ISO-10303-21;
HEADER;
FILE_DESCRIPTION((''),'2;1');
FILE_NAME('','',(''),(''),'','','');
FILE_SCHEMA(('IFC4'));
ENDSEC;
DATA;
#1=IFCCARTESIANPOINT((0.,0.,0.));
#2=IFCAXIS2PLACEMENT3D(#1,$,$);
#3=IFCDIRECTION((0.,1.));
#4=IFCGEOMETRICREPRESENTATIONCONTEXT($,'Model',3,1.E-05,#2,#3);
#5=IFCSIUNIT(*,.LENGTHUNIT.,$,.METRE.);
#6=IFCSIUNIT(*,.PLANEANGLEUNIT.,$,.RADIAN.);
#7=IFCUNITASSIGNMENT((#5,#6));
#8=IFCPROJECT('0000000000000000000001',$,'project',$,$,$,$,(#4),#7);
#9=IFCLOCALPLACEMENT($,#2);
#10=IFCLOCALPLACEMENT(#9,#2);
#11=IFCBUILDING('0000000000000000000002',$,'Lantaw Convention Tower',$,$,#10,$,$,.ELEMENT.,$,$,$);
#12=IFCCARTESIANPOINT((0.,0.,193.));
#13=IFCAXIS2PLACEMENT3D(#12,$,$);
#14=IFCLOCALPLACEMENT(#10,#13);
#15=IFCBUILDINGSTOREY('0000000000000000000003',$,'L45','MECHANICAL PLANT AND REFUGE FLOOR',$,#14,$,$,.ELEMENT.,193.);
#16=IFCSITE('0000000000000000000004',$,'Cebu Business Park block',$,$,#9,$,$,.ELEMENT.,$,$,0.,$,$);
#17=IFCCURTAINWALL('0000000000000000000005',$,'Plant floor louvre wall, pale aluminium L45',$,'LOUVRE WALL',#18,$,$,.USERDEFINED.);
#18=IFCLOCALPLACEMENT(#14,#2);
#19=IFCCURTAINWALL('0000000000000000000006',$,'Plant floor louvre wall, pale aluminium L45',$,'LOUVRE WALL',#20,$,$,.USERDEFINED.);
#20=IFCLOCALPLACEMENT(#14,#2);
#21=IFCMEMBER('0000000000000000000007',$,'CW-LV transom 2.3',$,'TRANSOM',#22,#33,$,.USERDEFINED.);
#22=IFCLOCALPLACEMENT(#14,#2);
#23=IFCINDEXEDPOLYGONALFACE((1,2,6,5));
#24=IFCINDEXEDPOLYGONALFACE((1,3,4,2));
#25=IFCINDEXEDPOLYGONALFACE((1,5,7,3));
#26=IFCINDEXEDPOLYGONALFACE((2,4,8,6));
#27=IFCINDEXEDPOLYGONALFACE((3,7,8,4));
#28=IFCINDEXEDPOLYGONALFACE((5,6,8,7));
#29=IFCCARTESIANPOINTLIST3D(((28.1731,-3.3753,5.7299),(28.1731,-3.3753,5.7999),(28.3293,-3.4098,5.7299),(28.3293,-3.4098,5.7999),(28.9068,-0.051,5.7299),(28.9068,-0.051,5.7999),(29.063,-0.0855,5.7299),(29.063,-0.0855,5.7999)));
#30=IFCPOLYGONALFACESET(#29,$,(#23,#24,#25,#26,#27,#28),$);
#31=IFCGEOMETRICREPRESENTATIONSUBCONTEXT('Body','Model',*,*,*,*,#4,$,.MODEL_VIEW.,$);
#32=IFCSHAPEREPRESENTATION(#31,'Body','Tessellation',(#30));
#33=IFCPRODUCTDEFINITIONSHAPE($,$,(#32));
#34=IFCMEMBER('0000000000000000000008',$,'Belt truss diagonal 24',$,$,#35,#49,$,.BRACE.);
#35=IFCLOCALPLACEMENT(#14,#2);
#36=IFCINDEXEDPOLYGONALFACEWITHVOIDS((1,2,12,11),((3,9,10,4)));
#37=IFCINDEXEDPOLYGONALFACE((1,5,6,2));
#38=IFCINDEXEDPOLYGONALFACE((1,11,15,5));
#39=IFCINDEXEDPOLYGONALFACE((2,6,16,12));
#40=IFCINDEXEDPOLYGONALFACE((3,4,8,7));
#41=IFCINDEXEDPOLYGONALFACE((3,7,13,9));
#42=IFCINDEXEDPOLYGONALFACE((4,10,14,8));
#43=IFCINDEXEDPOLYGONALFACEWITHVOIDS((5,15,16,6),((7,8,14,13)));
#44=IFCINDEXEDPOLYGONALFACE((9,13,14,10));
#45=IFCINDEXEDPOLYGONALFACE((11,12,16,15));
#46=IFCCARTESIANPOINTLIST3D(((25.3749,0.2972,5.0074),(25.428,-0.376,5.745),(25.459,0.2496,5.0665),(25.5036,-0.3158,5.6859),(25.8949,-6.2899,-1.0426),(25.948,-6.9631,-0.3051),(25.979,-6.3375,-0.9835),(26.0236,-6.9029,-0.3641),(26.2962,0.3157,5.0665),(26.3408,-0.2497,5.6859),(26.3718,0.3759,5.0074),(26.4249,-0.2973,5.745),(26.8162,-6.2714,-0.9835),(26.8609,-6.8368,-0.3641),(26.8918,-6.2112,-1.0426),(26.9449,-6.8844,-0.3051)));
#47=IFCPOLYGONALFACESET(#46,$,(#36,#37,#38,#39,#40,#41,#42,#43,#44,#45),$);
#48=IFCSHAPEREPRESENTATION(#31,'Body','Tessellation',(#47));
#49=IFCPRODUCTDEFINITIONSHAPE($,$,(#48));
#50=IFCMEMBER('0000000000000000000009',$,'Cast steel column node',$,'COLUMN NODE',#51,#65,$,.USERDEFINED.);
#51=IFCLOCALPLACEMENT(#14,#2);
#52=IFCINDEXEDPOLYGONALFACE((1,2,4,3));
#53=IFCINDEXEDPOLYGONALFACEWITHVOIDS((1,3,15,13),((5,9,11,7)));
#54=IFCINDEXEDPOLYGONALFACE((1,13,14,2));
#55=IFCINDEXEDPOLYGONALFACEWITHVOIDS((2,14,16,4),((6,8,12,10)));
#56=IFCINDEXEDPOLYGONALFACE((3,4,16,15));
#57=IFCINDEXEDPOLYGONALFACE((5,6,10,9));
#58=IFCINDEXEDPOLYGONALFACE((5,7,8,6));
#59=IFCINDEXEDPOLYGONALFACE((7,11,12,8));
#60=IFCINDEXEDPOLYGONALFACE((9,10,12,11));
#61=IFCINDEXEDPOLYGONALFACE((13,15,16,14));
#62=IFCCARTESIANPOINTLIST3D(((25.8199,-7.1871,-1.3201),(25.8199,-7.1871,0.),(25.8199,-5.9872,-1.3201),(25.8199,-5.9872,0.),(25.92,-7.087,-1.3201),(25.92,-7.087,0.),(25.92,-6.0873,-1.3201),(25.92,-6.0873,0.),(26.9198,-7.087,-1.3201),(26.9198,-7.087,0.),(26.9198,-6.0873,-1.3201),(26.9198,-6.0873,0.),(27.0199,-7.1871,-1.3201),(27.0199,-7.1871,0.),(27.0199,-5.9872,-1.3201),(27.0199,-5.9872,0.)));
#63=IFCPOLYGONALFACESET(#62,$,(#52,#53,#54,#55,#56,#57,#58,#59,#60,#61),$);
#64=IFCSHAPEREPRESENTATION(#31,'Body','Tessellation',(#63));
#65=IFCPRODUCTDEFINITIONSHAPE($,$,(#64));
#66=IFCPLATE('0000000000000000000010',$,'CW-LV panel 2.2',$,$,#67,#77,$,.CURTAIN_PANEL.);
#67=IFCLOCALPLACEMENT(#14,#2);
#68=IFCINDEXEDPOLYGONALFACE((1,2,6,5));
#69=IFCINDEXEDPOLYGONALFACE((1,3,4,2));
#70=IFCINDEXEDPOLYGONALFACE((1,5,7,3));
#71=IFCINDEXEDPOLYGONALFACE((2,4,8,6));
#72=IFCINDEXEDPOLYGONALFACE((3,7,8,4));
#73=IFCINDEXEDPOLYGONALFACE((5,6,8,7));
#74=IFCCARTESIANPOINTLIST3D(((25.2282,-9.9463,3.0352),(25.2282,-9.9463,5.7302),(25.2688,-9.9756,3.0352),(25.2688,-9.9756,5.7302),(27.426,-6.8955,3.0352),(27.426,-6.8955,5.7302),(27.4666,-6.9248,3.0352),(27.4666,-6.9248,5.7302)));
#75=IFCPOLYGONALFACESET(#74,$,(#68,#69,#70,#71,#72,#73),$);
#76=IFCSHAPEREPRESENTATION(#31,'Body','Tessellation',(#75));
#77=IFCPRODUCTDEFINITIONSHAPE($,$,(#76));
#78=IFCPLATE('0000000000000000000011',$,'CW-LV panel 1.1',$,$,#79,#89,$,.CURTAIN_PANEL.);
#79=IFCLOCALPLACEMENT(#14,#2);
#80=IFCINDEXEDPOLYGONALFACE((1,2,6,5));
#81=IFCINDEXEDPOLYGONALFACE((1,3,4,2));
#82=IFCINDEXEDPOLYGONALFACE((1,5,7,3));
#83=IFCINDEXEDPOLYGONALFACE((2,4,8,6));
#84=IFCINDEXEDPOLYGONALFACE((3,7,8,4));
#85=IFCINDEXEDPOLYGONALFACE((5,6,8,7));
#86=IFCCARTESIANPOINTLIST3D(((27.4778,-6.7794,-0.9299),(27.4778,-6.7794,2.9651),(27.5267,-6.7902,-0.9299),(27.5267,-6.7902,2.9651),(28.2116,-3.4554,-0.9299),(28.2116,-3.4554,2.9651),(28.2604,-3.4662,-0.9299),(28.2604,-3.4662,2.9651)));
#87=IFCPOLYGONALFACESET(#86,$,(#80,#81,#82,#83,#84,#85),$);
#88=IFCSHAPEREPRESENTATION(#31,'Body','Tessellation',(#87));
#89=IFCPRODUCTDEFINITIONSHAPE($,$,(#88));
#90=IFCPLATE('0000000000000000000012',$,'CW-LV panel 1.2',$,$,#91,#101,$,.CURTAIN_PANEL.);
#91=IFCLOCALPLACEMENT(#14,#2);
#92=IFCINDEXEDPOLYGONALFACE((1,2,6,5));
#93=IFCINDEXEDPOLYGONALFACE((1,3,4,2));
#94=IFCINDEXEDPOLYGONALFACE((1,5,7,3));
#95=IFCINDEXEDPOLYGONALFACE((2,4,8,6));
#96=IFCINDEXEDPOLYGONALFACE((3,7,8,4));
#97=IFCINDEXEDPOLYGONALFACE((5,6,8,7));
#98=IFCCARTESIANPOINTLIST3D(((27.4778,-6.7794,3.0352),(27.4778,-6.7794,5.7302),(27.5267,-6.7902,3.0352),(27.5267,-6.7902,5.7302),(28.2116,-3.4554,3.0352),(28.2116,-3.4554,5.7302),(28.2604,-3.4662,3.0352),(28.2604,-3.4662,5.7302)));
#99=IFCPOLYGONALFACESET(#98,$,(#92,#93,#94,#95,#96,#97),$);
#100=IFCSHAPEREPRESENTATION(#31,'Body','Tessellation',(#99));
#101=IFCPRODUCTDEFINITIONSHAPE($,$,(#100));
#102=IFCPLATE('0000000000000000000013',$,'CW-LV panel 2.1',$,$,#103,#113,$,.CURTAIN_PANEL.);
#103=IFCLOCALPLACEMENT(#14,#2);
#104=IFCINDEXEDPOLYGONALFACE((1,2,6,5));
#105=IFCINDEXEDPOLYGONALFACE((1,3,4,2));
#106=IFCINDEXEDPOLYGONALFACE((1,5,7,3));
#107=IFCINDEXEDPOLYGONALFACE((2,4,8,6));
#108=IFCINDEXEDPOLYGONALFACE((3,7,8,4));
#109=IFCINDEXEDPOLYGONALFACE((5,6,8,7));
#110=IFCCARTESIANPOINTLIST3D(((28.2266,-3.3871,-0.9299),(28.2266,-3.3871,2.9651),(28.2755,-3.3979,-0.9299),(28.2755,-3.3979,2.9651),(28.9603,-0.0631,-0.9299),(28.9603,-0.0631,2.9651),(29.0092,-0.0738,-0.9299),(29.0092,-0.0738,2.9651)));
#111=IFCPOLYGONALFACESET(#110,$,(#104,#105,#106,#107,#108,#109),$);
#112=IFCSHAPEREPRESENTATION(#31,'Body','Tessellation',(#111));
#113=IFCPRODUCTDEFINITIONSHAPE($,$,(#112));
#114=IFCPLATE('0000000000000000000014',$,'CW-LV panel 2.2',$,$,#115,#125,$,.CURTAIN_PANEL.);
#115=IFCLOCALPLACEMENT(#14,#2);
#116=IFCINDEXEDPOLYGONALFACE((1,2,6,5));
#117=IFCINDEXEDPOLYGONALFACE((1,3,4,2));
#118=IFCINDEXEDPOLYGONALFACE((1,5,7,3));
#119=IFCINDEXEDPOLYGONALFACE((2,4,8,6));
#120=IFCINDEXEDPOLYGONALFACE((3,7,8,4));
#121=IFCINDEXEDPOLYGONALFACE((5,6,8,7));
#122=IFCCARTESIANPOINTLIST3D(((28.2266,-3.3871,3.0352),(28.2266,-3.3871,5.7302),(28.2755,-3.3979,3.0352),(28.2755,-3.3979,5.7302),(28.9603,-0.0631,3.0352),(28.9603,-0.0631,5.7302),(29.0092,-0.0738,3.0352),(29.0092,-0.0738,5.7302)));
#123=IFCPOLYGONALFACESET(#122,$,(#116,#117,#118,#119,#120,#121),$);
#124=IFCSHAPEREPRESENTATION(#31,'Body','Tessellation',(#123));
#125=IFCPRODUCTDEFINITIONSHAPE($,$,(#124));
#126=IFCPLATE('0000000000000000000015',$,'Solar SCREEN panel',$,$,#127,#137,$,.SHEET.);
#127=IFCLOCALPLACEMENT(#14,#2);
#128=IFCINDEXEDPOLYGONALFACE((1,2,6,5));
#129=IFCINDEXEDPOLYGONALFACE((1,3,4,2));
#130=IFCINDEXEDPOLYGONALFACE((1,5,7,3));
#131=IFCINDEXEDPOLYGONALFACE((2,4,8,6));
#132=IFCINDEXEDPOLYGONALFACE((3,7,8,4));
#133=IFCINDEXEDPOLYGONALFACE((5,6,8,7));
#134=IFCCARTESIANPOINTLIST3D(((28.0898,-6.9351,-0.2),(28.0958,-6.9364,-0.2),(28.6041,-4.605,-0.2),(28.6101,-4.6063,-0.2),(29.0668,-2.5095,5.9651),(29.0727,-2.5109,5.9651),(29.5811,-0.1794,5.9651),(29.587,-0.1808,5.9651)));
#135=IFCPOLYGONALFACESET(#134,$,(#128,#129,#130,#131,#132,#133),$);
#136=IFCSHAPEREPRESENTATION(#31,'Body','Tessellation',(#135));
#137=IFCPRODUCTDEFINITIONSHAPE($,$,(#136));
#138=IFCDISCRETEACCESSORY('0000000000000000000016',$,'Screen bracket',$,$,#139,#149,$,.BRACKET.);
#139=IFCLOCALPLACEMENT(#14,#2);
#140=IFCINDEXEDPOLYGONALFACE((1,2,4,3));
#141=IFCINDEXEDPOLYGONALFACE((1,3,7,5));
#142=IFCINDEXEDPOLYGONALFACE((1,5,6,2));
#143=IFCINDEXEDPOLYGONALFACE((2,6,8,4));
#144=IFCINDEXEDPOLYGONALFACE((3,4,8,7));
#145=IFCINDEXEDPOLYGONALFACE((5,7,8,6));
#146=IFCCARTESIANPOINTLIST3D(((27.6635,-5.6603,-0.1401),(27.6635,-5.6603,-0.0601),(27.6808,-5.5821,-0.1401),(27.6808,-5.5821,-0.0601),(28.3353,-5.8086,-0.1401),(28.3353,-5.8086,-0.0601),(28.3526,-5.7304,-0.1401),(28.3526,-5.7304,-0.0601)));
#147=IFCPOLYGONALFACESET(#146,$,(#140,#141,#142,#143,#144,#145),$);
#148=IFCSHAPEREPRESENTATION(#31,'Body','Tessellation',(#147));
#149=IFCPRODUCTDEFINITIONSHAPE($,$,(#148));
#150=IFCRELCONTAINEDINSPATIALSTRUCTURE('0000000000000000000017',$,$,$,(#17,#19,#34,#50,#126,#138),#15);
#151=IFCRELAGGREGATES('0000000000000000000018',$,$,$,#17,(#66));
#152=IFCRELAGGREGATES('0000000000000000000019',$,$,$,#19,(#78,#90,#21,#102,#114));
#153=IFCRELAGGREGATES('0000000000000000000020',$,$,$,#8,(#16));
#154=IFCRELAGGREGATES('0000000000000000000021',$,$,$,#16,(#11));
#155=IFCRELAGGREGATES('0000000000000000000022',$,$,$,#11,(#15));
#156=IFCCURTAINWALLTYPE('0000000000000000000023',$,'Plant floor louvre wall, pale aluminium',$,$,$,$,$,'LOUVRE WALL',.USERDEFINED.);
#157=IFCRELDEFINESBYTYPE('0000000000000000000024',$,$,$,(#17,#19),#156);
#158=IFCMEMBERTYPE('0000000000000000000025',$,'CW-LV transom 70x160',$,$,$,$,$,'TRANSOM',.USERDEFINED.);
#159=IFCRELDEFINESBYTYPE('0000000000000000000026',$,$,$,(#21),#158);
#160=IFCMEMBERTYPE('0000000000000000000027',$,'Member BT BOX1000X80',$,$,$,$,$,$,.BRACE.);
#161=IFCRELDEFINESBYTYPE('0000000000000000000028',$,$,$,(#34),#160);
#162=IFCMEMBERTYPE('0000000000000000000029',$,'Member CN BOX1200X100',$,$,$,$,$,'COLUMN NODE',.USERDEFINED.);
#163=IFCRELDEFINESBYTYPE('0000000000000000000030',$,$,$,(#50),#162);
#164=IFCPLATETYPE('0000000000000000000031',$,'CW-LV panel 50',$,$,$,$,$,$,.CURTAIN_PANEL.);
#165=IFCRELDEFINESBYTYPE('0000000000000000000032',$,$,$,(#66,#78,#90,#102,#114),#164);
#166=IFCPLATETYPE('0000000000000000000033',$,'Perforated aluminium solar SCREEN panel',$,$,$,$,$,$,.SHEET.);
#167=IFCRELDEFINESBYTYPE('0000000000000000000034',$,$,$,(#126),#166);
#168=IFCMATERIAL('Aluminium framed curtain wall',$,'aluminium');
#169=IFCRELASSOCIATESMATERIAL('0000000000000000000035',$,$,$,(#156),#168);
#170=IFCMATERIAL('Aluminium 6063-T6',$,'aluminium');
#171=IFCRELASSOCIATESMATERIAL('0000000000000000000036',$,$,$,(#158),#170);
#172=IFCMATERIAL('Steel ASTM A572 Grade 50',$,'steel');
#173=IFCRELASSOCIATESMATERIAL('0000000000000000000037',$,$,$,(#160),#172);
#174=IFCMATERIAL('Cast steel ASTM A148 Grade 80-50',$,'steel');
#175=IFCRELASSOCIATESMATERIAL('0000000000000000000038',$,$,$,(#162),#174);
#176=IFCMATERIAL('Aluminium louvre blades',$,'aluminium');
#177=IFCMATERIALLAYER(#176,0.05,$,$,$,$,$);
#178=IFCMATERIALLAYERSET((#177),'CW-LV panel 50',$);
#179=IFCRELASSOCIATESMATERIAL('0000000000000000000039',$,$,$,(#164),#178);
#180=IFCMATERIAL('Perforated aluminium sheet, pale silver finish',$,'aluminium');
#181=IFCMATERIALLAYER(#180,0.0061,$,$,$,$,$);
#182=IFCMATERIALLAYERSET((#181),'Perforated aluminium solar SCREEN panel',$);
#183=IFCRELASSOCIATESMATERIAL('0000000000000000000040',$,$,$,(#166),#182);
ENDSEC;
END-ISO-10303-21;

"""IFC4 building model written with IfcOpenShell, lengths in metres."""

from ifc_helpers import new_model, si_unit, direction, frame, origin, origin_2d, place, context, subcontext, project, spatial, polyline, rectangle, hollow_rectangle, outline, extrude, material, layer, layer_set, material_profile, profile_set, type_object, element, aggregate, save


model = new_model("IFC4")

# Units and contexts
model_context = context("Model", 3, precision=1e-05, world=origin(), true_north=direction((0.0, 1.0)))
body_context = subcontext(model_context, "Body", "Model", "MODEL_VIEW")
ifc_project = project(units=[si_unit("LENGTHUNIT", "METRE"), si_unit("PLANEANGLEUNIT", "RADIAN")], contexts=[model_context])

# Site, building, storey
site_placement = place(None, origin())
site = spatial("IfcSite", under=ifc_project, at=site_placement, Name="Cebu Business Park block", CompositionType="ELEMENT", RefElevation=0.0)
building_placement = place(site_placement, origin())
building = spatial("IfcBuilding", under=site, at=building_placement, Name="Lantaw Convention Tower", CompositionType="ELEMENT")
storey_placement = place(building_placement, frame((0.0, 0.0, 193.0)))
storey = spatial("IfcBuildingStorey", under=building, at=storey_placement, Name="L45", Description="MECHANICAL PLANT AND REFUGE FLOOR", CompositionType="ELEMENT", Elevation=193.0)

# Curtain wall
ifc_material_1 = material(Name="Aluminium framed curtain wall", Category="aluminium")
curtain_wall_type = type_object("IfcCurtainWallType", Name="Plant floor louvre wall, pale aluminium", ElementType="LOUVRE WALL", PredefinedType="USERDEFINED", material=ifc_material_1)
curtain_wall_1_placement = place(storey_placement, origin())
curtain_wall_1 = element("IfcCurtainWall", 1, at=curtain_wall_1_placement, inside=storey, type_object=curtain_wall_type, Name="Plant floor louvre wall, pale aluminium L45", ObjectType="LOUVRE WALL", PredefinedType="USERDEFINED")
ifc_material_2 = material(Name="Aluminium 6063-T6", Category="aluminium")

# Curtain wall, member
curtain_wall_2_placement = place(storey_placement, origin())
curtain_wall_2 = element("IfcCurtainWall", 2, at=curtain_wall_2_placement, inside=storey, type_object=curtain_wall_type, Name="Plant floor louvre wall, pale aluminium L45", ObjectType="LOUVRE WALL", PredefinedType="USERDEFINED")
ifc_material_profile_1 = material_profile(ifc_material_2, rectangle(XDim=0.1599, YDim=0.0701, at=origin_2d()), Name="CW-LV transom 70x160")
ifc_profile_set_1 = profile_set([ifc_material_profile_1], Name="Aluminium 6063-T6")
member_type_1 = type_object("IfcMemberType", Name="CW-LV transom 70x160", ElementType="TRANSOM", PredefinedType="USERDEFINED", material=ifc_profile_set_1)
member_1_placement = place(storey_placement, frame((28.2512, -3.3926, 5.7649), z_axis=(0.21551, 0.976502, 0.0), x_axis=(-0.976502, 0.21551, 0.0)))
member_1 = element("IfcMember", 3, at=member_1_placement, type_object=member_type_1, Name="CW-LV transom 2.3", ObjectType="TRANSOM", PredefinedType="USERDEFINED", context=body_context, shape_type="SweptSolid", body=[
    extrude(rectangle(XDim=0.1599, YDim=0.0701, at=origin_2d()), origin(), (0.0, 0.0, 1.0), 3.4043),
])

# Members
ifc_material_3 = material(Name="Steel ASTM A572 Grade 50", Category="steel")
ifc_material_profile_2 = material_profile(ifc_material_3, hollow_rectangle(XDim=1.0, YDim=1.0, WallThickness=0.0801, at=origin_2d()), Name="BOX1000X80")
ifc_profile_set_2 = profile_set([ifc_material_profile_2], Name="Steel ASTM A572 Grade 50")
member_type_2 = type_object("IfcMemberType", Name="Member BT BOX1000X80", PredefinedType="BRACE", material=ifc_profile_set_2)
member_2_placement = place(storey_placement, frame((26.4199, -6.5872, -0.6738), z_axis=(-0.058044, 0.735254, 0.675302), x_axis=(-0.996898, -0.0787, 0.0)))
element("IfcMember", 4, at=member_2_placement, inside=storey, type_object=member_type_2, Name="Belt truss diagonal 24", PredefinedType="BRACE", context=body_context, shape_type="SweptSolid", body=[
    extrude(hollow_rectangle(XDim=1.0, YDim=1.0, WallThickness=0.0801, at=origin_2d()), origin(), (0.0, 0.0, 1.0), 8.959),
])
ifc_material_4 = material(Name="Cast steel ASTM A148 Grade 80-50", Category="steel")
ifc_material_profile_3 = material_profile(ifc_material_4, hollow_rectangle(XDim=1.2, YDim=1.2, WallThickness=0.1001, at=origin_2d()), Name="BOX1200X100")
ifc_profile_set_3 = profile_set([ifc_material_profile_3], Name="Cast steel ASTM A148 Grade 80-50")
member_type_3 = type_object("IfcMemberType", Name="Member CN BOX1200X100", ElementType="COLUMN NODE", PredefinedType="USERDEFINED", material=ifc_profile_set_3)
member_3_placement = place(storey_placement, frame((26.4199, -6.5872, -1.3201), z_axis=(0.0, 0.0, 1.0), x_axis=(1.0, 0.0, 0.0)))
element("IfcMember", 5, at=member_3_placement, inside=storey, type_object=member_type_3, Name="Cast steel column node", ObjectType="COLUMN NODE", PredefinedType="USERDEFINED", context=body_context, shape_type="SweptSolid", body=[
    extrude(hollow_rectangle(XDim=1.2, YDim=1.2, WallThickness=0.1001, at=origin_2d()), origin(), (0.0, 0.0, 1.0), 1.3201),
])

# Plates
ifc_material_5 = material(Name="Aluminium louvre blades", Category="aluminium")
ifc_layer_1 = layer(ifc_material_5, 0.05)
ifc_layer_set_1 = layer_set([ifc_layer_1], Name="CW-LV panel 50")
plate_type_1 = type_object("IfcPlateType", Name="CW-LV panel 50", PredefinedType="CURTAIN_PANEL", material=ifc_layer_set_1)
plate_1_placement = place(storey_placement, frame((26.3474, -8.4355, 3.0352), z_axis=(0.0, 0.0, 1.0), x_axis=(0.584513, 0.811385, 0.0)))
plate_1 = element("IfcPlate", 6, at=plate_1_placement, type_object=plate_type_1, Name="CW-LV panel 2.2", PredefinedType="CURTAIN_PANEL", context=body_context, shape_type="SweptSolid", body=[
    extrude(rectangle(XDim=3.76, YDim=0.05, at=origin_2d()), origin(), (0.0, 0.0, 1.0), 2.6951),
])
aggregate(curtain_wall_1, [plate_1])
plate_2_placement = place(storey_placement, frame((27.8691, -5.1228, -0.9299), z_axis=(0.0, 0.0, 1.0), x_axis=(0.215546, 0.976494, 0.0)))
plate_2 = element("IfcPlate", 7, at=plate_2_placement, type_object=plate_type_1, Name="CW-LV panel 1.1", PredefinedType="CURTAIN_PANEL", context=body_context, shape_type="SweptSolid", body=[
    extrude(rectangle(XDim=3.4041, YDim=0.05, at=origin_2d()), origin(), (0.0, 0.0, 1.0), 3.895),
])
plate_3_placement = place(storey_placement, frame((27.8691, -5.1228, 3.0352), z_axis=(0.0, 0.0, 1.0), x_axis=(0.215546, 0.976494, 0.0)))
plate_3 = element("IfcPlate", 8, at=plate_3_placement, type_object=plate_type_1, Name="CW-LV panel 1.2", PredefinedType="CURTAIN_PANEL", context=body_context, shape_type="SweptSolid", body=[
    extrude(rectangle(XDim=3.4041, YDim=0.05, at=origin_2d()), origin(), (0.0, 0.0, 1.0), 2.6951),
])
plate_4_placement = place(storey_placement, frame((28.6179, -1.7305, -0.9299), z_axis=(0.0, 0.0, 1.0), x_axis=(0.215546, 0.976494, 0.0)))
plate_4 = element("IfcPlate", 9, at=plate_4_placement, type_object=plate_type_1, Name="CW-LV panel 2.1", PredefinedType="CURTAIN_PANEL", context=body_context, shape_type="SweptSolid", body=[
    extrude(rectangle(XDim=3.4041, YDim=0.05, at=origin_2d()), origin(), (0.0, 0.0, 1.0), 3.895),
])
plate_5_placement = place(storey_placement, frame((28.6179, -1.7305, 3.0352), z_axis=(0.0, 0.0, 1.0), x_axis=(0.215546, 0.976494, 0.0)))
plate_5 = element("IfcPlate", 10, at=plate_5_placement, type_object=plate_type_1, Name="CW-LV panel 2.2", PredefinedType="CURTAIN_PANEL", context=body_context, shape_type="SweptSolid", body=[
    extrude(rectangle(XDim=3.4041, YDim=0.05, at=origin_2d()), origin(), (0.0, 0.0, 1.0), 2.6951),
])
aggregate(curtain_wall_2, [plate_2, plate_3, member_1, plate_4, plate_5])
ifc_material_6 = material(Name="Perforated aluminium sheet, pale silver finish", Category="aluminium")
ifc_layer_2 = layer(ifc_material_6, 0.0061)
ifc_layer_set_2 = layer_set([ifc_layer_2], Name="Perforated aluminium solar SCREEN panel")
plate_type_2 = type_object("IfcPlateType", Name="Perforated aluminium solar SCREEN panel", PredefinedType="SHEET", material=ifc_layer_set_2)
plate_6_placement = place(storey_placement, frame((28.0898, -6.9351, -0.2), z_axis=(-0.976498, 0.215527, 0.000023), x_axis=(0.215527, 0.976498, 0.0)))
element("IfcPlate", 11, at=plate_6_placement, inside=storey, type_object=plate_type_2, Name="Solar SCREEN panel", PredefinedType="SHEET", context=body_context, shape_type="SweptSolid", body=[
    extrude(outline(polyline([(0.0, 0.0), (2.3861, 0.0), (6.9182, -6.165), (4.5321, -6.165), (0.0, 0.0)])), origin(), (0.0, 0.0, -1.0), 0.0061),
])

# Discrete accessory
discrete_accessory_placement = place(storey_placement, frame((28.0081, -5.6953, -0.1401), z_axis=(0.0, 0.0, 1.0), x_axis=(0.215546, 0.976494, 0.0)))
element("IfcDiscreteAccessory", 12, at=discrete_accessory_placement, inside=storey, Name="Screen bracket", PredefinedType="BRACKET", context=body_context, shape_type="SweptSolid", body=[
    extrude(rectangle(XDim=0.0801, YDim=0.688, at=origin_2d()), origin(), (0.0, 0.0, 1.0), 0.0801),
])

save(model, "model.ifc")
